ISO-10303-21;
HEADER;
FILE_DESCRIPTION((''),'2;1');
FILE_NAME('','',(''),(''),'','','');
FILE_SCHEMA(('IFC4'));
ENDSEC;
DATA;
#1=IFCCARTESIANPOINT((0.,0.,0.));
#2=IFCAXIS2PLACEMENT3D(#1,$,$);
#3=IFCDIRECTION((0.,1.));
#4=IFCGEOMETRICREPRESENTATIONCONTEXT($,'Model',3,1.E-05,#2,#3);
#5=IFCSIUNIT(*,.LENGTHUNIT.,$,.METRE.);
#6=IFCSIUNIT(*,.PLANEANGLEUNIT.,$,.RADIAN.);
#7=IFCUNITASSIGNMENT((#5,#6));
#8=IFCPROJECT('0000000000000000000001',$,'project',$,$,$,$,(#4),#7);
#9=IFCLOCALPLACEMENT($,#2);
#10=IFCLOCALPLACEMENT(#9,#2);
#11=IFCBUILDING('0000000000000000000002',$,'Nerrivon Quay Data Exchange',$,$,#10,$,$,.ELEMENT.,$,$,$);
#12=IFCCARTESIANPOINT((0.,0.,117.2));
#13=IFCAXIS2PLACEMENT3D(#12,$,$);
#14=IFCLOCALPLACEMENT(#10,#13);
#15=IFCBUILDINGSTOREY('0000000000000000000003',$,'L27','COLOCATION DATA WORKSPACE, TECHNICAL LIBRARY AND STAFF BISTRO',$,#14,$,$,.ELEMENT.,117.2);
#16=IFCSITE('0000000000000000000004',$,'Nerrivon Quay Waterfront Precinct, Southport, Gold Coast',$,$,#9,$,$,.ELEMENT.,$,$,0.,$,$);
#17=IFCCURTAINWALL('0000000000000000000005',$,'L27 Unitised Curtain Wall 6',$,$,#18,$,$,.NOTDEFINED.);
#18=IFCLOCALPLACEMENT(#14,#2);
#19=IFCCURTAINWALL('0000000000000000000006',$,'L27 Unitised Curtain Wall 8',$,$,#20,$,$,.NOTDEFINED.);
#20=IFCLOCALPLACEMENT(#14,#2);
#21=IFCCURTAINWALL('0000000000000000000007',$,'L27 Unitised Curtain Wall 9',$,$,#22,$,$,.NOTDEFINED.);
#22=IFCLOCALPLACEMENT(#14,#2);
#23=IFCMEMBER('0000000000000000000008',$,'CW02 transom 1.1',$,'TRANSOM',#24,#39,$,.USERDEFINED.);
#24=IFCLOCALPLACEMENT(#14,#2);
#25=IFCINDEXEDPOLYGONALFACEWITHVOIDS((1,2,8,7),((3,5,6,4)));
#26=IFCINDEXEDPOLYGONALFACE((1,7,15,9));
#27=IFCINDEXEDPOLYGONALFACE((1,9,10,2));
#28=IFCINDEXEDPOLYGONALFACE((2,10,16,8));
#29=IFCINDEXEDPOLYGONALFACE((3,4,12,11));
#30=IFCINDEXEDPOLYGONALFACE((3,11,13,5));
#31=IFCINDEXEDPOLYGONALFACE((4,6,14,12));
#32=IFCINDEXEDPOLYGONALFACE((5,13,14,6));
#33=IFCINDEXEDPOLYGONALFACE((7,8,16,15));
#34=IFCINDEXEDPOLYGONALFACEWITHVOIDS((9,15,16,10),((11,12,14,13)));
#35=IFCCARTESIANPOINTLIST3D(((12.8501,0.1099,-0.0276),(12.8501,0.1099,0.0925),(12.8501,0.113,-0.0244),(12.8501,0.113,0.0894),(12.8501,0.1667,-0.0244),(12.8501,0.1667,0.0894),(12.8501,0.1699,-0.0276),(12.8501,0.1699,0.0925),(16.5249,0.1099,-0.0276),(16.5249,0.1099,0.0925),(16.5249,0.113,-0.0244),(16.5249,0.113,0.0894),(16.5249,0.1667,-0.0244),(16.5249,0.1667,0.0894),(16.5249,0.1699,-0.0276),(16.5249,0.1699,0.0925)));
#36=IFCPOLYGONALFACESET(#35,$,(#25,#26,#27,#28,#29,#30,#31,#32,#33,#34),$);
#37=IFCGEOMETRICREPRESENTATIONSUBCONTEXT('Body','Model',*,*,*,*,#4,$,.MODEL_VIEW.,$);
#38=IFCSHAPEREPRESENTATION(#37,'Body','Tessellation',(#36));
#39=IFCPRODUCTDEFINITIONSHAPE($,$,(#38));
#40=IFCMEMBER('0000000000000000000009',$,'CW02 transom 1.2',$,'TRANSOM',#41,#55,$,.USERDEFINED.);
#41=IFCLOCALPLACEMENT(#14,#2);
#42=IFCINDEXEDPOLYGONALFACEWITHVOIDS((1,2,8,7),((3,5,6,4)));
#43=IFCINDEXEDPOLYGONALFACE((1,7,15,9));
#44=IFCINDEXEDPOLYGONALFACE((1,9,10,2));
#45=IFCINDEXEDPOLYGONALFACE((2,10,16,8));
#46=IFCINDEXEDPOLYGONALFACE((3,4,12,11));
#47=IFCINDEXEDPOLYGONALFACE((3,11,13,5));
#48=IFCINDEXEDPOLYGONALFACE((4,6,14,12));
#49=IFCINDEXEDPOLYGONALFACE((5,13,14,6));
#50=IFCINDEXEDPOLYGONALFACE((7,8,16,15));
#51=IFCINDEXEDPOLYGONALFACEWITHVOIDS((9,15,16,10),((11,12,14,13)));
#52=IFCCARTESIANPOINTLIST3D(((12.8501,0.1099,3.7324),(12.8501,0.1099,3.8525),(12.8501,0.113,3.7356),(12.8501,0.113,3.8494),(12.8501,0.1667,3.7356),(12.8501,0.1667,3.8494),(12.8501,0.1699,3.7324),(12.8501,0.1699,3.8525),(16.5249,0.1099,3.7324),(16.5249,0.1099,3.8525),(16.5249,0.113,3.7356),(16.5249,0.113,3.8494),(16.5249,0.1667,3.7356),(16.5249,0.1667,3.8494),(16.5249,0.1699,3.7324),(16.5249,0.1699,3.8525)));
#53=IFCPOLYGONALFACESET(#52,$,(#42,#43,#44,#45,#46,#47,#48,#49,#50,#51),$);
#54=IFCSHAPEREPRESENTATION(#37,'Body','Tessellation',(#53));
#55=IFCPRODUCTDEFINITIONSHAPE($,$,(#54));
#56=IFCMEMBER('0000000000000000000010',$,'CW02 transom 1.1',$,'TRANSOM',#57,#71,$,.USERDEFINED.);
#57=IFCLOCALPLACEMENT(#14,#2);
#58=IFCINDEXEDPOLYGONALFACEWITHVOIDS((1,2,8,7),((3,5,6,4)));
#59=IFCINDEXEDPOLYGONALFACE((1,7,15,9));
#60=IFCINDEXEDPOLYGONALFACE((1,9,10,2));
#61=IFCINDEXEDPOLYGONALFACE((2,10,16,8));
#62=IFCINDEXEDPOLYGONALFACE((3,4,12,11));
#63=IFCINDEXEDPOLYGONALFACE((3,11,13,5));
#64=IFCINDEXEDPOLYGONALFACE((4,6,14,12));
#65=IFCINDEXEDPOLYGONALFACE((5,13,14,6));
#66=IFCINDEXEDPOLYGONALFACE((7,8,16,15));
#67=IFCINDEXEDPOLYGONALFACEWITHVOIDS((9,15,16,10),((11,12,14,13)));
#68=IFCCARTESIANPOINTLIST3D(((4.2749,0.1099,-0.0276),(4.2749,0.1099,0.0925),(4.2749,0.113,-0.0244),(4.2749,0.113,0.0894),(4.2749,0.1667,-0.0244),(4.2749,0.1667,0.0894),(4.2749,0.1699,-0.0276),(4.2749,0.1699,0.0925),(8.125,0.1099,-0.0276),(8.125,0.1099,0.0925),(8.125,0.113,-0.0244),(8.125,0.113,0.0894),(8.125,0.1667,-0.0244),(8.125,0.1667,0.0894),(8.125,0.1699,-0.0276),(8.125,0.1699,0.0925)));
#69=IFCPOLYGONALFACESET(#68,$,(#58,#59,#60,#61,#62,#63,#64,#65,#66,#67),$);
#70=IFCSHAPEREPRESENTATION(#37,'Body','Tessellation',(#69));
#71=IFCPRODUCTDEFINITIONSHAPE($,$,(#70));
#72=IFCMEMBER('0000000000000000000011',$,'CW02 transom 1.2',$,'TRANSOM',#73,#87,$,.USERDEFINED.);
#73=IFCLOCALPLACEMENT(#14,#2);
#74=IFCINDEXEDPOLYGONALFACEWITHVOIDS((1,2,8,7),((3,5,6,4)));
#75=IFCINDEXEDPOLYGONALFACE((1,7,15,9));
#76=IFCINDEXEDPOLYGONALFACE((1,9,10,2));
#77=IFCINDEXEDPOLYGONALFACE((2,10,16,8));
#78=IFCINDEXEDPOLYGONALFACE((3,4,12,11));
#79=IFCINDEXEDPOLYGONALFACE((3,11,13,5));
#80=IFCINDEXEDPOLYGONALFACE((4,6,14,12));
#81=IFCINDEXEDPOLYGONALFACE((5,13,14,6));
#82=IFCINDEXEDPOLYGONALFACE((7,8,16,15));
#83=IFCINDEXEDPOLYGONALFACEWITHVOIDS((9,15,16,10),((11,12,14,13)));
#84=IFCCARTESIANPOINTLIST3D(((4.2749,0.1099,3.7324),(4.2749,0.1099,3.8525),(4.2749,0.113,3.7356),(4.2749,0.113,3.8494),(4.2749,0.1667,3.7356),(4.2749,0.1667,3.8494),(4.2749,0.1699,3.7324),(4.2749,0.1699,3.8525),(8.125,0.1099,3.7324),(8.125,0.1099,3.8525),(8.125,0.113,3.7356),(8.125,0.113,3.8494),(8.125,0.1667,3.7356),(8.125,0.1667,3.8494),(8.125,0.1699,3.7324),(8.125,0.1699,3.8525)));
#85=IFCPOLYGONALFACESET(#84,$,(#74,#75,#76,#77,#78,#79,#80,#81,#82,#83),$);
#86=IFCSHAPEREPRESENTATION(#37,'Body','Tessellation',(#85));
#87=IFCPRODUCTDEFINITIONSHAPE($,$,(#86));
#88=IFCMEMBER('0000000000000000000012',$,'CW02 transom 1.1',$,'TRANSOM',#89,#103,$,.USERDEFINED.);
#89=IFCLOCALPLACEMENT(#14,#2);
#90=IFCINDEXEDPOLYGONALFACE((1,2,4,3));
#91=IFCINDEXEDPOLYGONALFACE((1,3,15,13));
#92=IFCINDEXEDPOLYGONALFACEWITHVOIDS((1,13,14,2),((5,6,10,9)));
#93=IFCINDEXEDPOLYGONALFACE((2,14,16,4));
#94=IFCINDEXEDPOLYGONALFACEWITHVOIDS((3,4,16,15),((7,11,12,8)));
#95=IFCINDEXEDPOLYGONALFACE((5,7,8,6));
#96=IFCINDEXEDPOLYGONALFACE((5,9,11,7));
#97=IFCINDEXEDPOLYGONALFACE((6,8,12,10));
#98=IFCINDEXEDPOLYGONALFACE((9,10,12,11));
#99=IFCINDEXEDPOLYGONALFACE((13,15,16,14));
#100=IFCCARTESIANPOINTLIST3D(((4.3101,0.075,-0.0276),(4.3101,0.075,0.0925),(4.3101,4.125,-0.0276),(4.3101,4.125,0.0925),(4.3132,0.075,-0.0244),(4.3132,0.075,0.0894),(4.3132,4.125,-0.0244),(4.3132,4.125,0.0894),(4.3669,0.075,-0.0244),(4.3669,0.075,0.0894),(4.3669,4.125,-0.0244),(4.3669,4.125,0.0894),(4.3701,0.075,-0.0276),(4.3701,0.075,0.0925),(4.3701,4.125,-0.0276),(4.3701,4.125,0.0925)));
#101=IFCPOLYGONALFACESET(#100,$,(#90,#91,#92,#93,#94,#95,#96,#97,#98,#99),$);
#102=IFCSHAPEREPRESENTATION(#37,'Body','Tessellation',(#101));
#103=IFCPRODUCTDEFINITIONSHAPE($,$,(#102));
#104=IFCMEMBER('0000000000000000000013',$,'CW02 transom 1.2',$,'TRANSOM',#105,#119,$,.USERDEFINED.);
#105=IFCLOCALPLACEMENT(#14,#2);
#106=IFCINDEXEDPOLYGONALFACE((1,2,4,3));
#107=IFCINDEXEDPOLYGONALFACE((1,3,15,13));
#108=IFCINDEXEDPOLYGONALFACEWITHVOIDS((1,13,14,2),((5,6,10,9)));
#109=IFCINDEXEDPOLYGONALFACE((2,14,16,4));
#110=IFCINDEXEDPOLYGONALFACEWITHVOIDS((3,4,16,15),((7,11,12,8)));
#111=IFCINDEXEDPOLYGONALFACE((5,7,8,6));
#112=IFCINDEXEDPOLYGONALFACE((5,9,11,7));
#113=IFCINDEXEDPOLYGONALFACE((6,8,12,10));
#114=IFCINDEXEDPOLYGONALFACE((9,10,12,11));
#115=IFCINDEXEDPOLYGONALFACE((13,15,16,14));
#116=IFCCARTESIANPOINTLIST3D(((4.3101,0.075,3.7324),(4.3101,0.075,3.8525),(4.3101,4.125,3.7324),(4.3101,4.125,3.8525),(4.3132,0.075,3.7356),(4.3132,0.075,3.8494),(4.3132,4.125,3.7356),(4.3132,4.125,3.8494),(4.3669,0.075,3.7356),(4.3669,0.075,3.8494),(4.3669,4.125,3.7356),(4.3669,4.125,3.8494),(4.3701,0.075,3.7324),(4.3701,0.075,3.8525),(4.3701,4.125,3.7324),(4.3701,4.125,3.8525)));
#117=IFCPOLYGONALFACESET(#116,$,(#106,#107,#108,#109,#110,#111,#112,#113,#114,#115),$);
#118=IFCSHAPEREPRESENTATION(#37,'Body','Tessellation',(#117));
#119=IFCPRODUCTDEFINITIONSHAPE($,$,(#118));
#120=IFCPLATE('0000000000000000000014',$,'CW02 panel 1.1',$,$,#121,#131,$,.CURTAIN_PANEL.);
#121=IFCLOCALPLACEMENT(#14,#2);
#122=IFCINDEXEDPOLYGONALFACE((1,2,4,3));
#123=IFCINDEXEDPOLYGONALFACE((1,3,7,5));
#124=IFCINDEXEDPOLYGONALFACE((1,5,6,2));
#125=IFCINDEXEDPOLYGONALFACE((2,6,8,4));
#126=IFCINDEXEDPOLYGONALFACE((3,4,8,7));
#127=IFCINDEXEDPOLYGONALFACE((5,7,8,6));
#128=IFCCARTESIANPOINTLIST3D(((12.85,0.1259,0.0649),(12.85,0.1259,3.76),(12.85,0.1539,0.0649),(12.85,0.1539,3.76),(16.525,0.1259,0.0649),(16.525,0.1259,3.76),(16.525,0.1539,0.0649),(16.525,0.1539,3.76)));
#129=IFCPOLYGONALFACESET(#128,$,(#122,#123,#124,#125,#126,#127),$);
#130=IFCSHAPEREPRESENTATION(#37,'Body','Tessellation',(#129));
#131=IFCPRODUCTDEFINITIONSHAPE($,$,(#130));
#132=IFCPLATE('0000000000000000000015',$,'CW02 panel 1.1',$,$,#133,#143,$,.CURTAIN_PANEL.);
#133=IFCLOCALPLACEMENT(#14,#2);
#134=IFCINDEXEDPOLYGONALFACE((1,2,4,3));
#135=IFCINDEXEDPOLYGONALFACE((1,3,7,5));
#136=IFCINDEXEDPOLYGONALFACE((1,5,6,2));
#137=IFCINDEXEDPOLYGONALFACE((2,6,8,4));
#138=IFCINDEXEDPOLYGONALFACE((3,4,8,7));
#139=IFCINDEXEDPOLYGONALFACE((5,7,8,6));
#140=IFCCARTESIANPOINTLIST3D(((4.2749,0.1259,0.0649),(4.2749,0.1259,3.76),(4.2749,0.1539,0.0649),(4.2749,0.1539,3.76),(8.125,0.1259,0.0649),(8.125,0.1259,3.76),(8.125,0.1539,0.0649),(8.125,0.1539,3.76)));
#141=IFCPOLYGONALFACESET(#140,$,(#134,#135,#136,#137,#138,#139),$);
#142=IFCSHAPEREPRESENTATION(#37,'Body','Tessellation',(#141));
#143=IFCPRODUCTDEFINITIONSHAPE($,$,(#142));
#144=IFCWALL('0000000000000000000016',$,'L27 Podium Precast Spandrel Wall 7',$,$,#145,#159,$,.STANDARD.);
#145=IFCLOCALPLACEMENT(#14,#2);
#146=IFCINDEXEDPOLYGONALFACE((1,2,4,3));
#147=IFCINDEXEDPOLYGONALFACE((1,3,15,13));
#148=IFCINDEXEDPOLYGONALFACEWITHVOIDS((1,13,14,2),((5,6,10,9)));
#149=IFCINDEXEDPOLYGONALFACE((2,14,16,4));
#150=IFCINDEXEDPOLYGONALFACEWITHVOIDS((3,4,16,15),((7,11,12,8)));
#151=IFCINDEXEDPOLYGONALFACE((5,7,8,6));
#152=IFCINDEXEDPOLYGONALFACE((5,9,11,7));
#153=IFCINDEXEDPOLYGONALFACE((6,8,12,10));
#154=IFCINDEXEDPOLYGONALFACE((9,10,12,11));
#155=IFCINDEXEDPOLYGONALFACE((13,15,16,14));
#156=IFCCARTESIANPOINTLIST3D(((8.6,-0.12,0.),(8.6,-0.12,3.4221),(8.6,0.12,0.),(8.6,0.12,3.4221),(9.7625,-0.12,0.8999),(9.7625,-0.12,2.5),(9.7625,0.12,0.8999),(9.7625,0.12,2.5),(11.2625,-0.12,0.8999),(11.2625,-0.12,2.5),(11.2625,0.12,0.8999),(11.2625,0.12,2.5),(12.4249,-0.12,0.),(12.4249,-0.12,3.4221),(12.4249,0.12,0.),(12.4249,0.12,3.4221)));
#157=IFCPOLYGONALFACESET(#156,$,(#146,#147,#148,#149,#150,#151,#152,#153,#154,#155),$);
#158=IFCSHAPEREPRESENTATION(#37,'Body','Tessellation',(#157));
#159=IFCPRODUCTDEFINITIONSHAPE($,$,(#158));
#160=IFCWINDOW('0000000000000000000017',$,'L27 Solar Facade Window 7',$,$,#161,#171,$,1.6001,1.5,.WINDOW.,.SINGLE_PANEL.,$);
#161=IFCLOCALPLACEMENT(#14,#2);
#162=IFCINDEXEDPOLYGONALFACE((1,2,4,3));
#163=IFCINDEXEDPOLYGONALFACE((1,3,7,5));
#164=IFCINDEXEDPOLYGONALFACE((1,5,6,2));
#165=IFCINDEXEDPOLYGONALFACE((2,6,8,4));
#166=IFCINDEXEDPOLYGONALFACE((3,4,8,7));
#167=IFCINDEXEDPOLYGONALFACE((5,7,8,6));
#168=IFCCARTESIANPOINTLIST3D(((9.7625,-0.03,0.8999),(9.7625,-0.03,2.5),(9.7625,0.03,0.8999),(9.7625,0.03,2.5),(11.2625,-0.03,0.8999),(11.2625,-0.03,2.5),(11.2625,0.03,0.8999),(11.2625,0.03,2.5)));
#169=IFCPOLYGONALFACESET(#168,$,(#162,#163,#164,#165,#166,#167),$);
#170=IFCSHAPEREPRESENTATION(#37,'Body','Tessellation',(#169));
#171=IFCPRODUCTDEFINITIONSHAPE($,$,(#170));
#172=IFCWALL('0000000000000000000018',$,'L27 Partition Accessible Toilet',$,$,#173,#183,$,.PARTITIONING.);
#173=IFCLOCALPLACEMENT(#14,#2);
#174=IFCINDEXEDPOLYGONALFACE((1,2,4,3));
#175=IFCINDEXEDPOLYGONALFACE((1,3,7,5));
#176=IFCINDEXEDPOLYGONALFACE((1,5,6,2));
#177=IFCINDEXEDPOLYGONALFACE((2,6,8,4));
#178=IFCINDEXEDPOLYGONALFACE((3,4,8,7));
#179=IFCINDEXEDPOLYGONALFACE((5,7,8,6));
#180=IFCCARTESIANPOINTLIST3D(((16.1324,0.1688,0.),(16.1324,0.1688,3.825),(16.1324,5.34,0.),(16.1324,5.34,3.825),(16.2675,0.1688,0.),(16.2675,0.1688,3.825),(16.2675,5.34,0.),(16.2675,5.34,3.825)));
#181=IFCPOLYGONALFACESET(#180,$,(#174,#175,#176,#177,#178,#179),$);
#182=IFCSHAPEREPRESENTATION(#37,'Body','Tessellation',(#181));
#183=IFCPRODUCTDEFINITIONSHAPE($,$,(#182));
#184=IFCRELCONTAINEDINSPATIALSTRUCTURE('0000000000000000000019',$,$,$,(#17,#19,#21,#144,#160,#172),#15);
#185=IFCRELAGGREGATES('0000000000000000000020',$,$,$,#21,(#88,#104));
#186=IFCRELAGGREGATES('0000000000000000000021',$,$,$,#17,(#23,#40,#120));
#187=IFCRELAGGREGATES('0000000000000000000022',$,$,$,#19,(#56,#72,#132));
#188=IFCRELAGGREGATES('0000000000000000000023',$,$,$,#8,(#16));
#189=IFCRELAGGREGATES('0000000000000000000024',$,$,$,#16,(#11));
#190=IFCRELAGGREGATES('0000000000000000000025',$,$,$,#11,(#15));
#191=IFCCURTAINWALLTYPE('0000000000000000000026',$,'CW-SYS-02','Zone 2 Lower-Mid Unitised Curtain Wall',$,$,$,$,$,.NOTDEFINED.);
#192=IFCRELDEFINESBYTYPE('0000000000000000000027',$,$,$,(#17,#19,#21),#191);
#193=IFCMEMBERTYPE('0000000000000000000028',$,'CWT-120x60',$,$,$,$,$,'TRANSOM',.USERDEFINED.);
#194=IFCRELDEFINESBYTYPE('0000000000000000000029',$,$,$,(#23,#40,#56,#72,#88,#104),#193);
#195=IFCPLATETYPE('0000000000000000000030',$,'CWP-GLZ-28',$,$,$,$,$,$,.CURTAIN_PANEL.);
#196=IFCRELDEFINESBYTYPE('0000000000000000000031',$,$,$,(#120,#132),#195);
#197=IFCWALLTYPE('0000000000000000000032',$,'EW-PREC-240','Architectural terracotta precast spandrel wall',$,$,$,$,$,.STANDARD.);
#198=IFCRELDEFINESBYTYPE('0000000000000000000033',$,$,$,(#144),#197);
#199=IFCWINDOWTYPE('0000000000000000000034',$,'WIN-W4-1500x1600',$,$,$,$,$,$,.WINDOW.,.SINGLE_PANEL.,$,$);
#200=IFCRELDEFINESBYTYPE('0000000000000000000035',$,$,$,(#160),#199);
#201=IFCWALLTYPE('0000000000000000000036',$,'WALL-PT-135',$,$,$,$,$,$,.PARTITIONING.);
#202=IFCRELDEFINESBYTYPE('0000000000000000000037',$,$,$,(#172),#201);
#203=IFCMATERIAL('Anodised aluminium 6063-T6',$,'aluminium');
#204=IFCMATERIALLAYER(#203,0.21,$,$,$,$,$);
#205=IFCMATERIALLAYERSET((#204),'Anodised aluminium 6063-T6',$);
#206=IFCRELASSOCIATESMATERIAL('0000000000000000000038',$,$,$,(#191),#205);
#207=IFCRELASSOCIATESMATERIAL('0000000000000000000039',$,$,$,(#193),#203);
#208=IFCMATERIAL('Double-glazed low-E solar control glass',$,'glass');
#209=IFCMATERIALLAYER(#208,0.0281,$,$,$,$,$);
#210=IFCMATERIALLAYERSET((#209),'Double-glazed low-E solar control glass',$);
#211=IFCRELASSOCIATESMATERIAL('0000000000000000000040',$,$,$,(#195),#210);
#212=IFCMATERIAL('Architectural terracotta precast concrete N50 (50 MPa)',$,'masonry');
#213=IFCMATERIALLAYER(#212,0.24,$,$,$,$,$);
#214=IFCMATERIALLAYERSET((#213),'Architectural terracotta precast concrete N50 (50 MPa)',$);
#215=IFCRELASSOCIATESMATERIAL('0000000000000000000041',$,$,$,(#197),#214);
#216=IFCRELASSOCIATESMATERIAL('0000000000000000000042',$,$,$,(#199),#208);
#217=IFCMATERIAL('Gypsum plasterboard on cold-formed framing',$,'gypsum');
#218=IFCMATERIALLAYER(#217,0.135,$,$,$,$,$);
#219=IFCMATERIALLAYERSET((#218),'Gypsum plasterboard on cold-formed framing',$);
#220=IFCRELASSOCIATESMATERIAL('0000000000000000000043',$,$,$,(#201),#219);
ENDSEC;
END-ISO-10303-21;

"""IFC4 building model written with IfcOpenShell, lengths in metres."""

from ifc_helpers import new_model, si_unit, direction, frame, frame_2d, origin, origin_2d, place, context, subcontext, project, spatial, rectangle, hollow_rectangle, extrude, material, layer, layer_set, material_profile, profile_set, type_object, element, fill, aggregate, save


model = new_model("IFC4")

# Units and contexts
model_context = context("Model", 3, precision=1e-05, world=origin(), true_north=direction((0.0, 1.0)))
body_context = subcontext(model_context, "Body", "Model", "MODEL_VIEW")
ifc_project = project(units=[si_unit("LENGTHUNIT", "METRE"), si_unit("PLANEANGLEUNIT", "RADIAN")], contexts=[model_context])

# Site, building, storey
site_placement = place(None, origin())
site = spatial("IfcSite", under=ifc_project, at=site_placement, Name="Nerrivon Quay Waterfront Precinct, Southport, Gold Coast", CompositionType="ELEMENT", RefElevation=0.0)
building_placement = place(site_placement, origin())
building = spatial("IfcBuilding", under=site, at=building_placement, Name="Nerrivon Quay Data Exchange", CompositionType="ELEMENT")
storey_placement = place(building_placement, frame((0.0, 0.0, 117.2)))
storey = spatial("IfcBuildingStorey", under=building, at=storey_placement, Name="L27", Description="COLOCATION DATA WORKSPACE, TECHNICAL LIBRARY AND STAFF BISTRO", CompositionType="ELEMENT", Elevation=117.2)

# Curtain walls
ifc_material_1 = material(Name="Anodised aluminium 6063-T6", Category="aluminium")
ifc_layer_1 = layer(ifc_material_1, 0.21)
ifc_layer_set_1 = layer_set([ifc_layer_1], Name="Anodised aluminium 6063-T6")
curtain_wall_type = type_object("IfcCurtainWallType", Name="CW-SYS-02", Description="Zone 2 Lower-Mid Unitised Curtain Wall", PredefinedType="NOTDEFINED", material=ifc_layer_set_1)
curtain_wall_1_placement = place(storey_placement, origin())
curtain_wall_1 = element("IfcCurtainWall", 1, at=curtain_wall_1_placement, inside=storey, type_object=curtain_wall_type, Name="L27 Unitised Curtain Wall 6", PredefinedType="NOTDEFINED")
curtain_wall_2_placement = place(storey_placement, origin())
curtain_wall_2 = element("IfcCurtainWall", 2, at=curtain_wall_2_placement, inside=storey, type_object=curtain_wall_type, Name="L27 Unitised Curtain Wall 8", PredefinedType="NOTDEFINED")

# Curtain wall
curtain_wall_3_placement = place(storey_placement, origin())
curtain_wall_3 = element("IfcCurtainWall", 3, at=curtain_wall_3_placement, inside=storey, type_object=curtain_wall_type, Name="L27 Unitised Curtain Wall 9", PredefinedType="NOTDEFINED")

# Members
ifc_material_profile_1 = material_profile(ifc_material_1, hollow_rectangle(XDim=0.0601, YDim=0.1201, WallThickness=0.0032, at=origin_2d()), Name="ALU-TRAN-120x60")
ifc_profile_set_1 = profile_set([ifc_material_profile_1], Name="Anodised aluminium 6063-T6")
member_type_1 = type_object("IfcMemberType", Name="CWT-120x60", ElementType="TRANSOM", PredefinedType="USERDEFINED", material=ifc_profile_set_1)
member_1_placement = place(storey_placement, frame((16.5249, 0.1399, 0.0325), z_axis=(-1.0, 0.0, 0.0), x_axis=(0.0, -1.0, 0.0)))
member_1 = element("IfcMember", 4, at=member_1_placement, type_object=member_type_1, Name="CW02 transom 1.1", ObjectType="TRANSOM", PredefinedType="USERDEFINED", context=body_context, shape_type="SweptSolid", body=[
    extrude(hollow_rectangle(XDim=0.0601, YDim=0.1201, WallThickness=0.0032, at=origin_2d()), origin(), (0.0, 0.0, 1.0), 3.6748),
])
member_2_placement = place(storey_placement, frame((16.5249, 0.1399, 3.7925), z_axis=(-1.0, 0.0, 0.0), x_axis=(0.0, -1.0, 0.0)))
member_2 = element("IfcMember", 5, at=member_2_placement, type_object=member_type_1, Name="CW02 transom 1.2", ObjectType="TRANSOM", PredefinedType="USERDEFINED", context=body_context, shape_type="SweptSolid", body=[
    extrude(hollow_rectangle(XDim=0.0601, YDim=0.1201, WallThickness=0.0032, at=origin_2d()), origin(), (0.0, 0.0, 1.0), 3.6748),
])
member_3_placement = place(storey_placement, frame((8.125, 0.1399, 0.0325), z_axis=(-1.0, 0.0, 0.0), x_axis=(0.0, -1.0, 0.0)))
member_3 = element("IfcMember", 6, at=member_3_placement, type_object=member_type_1, Name="CW02 transom 1.1", ObjectType="TRANSOM", PredefinedType="USERDEFINED", context=body_context, shape_type="SweptSolid", body=[
    extrude(hollow_rectangle(XDim=0.0601, YDim=0.1201, WallThickness=0.0032, at=origin_2d()), origin(), (0.0, 0.0, 1.0), 3.8501),
])
member_4_placement = place(storey_placement, frame((8.125, 0.1399, 3.7925), z_axis=(-1.0, 0.0, 0.0), x_axis=(0.0, -1.0, 0.0)))
member_4 = element("IfcMember", 7, at=member_4_placement, type_object=member_type_1, Name="CW02 transom 1.2", ObjectType="TRANSOM", PredefinedType="USERDEFINED", context=body_context, shape_type="SweptSolid", body=[
    extrude(hollow_rectangle(XDim=0.0601, YDim=0.1201, WallThickness=0.0032, at=origin_2d()), origin(), (0.0, 0.0, 1.0), 3.8501),
])
member_5_placement = place(storey_placement, frame((4.3401, 0.075, 0.0325), z_axis=(0.0, 1.0, 0.0), x_axis=(-1.0, 0.0, 0.0)))
member_5 = element("IfcMember", 8, at=member_5_placement, type_object=member_type_1, Name="CW02 transom 1.1", ObjectType="TRANSOM", PredefinedType="USERDEFINED", context=body_context, shape_type="SweptSolid", body=[
    extrude(hollow_rectangle(XDim=0.0601, YDim=0.1201, WallThickness=0.0032, at=origin_2d()), origin(), (0.0, 0.0, 1.0), 4.05),
])
member_6_placement = place(storey_placement, frame((4.3401, 0.075, 3.7925), z_axis=(0.0, 1.0, 0.0), x_axis=(-1.0, 0.0, 0.0)))
member_6 = element("IfcMember", 9, at=member_6_placement, type_object=member_type_1, Name="CW02 transom 1.2", ObjectType="TRANSOM", PredefinedType="USERDEFINED", context=body_context, shape_type="SweptSolid", body=[
    extrude(hollow_rectangle(XDim=0.0601, YDim=0.1201, WallThickness=0.0032, at=origin_2d()), origin(), (0.0, 0.0, 1.0), 4.05),
])
aggregate(curtain_wall_3, [member_5, member_6])

# Plates
ifc_material_2 = material(Name="Double-glazed low-E solar control glass", Category="glass")
ifc_layer_2 = layer(ifc_material_2, 0.0281)
ifc_layer_set_2 = layer_set([ifc_layer_2], Name="Double-glazed low-E solar control glass")
plate_type = type_object("IfcPlateType", Name="CWP-GLZ-28", PredefinedType="CURTAIN_PANEL", material=ifc_layer_set_2)
plate_1_placement = place(storey_placement, frame((14.6875, 0.1399, 0.0649), z_axis=(0.0, 0.0, 1.0), x_axis=(-1.0, 0.0, 0.0)))
plate_1 = element("IfcPlate", 10, at=plate_1_placement, type_object=plate_type, Name="CW02 panel 1.1", PredefinedType="CURTAIN_PANEL", context=body_context, shape_type="SweptSolid", body=[
    extrude(rectangle(XDim=3.675, YDim=0.0281, at=origin_2d()), origin(), (0.0, 0.0, 1.0), 3.6951),
])
aggregate(curtain_wall_1, [member_1, member_2, plate_1])
plate_2_placement = place(storey_placement, frame((6.2, 0.1399, 0.0649), z_axis=(0.0, 0.0, 1.0), x_axis=(-1.0, 0.0, 0.0)))
plate_2 = element("IfcPlate", 11, at=plate_2_placement, type_object=plate_type, Name="CW02 panel 1.1", PredefinedType="CURTAIN_PANEL", context=body_context, shape_type="SweptSolid", body=[
    extrude(rectangle(XDim=3.8501, YDim=0.0281, at=origin_2d()), origin(), (0.0, 0.0, 1.0), 3.6951),
])
aggregate(curtain_wall_2, [member_3, member_4, plate_2])

# Wall, opening, window
ifc_material_3 = material(Name="Architectural terracotta precast concrete N50 (50 MPa)", Category="masonry")
ifc_layer_3 = layer(ifc_material_3, 0.24)
ifc_layer_set_3 = layer_set([ifc_layer_3], Name="Architectural terracotta precast concrete N50 (50 MPa)")
wall_type_1 = type_object("IfcWallType", Name="EW-PREC-240", Description="Architectural terracotta precast spandrel wall", PredefinedType="STANDARD", material=ifc_layer_set_3)
wall_1_placement = place(storey_placement, frame((12.425, 0.0, 0.0), z_axis=(0.0, 0.0, 1.0), x_axis=(-1.0, 0.0, 0.0)))
wall_1 = element("IfcWall", 12, at=wall_1_placement, inside=storey, type_object=wall_type_1, Name="L27 Podium Precast Spandrel Wall 7", PredefinedType="STANDARD", context=body_context, shape_type="SweptSolid", body=[
    extrude(rectangle(XDim=3.825, YDim=0.24, at=frame_2d((1.9126, 0.0))), origin(), (0.0, 0.0, 1.0), 3.4221),
])
opening_placement = place(wall_1_placement, frame((1.1626, 0.0, 0.8999)))
opening = element("IfcOpeningElement", 13, at=opening_placement, cuts=wall_1, PredefinedType="OPENING", context=body_context, shape_type="SweptSolid", body=[
    extrude(rectangle(XDim=1.5, YDim=1.6001, at=frame_2d((0.75, 0.8))), frame((0.0, 0.1299, 0.0), z_axis=(0.0, -1.0, 0.0), x_axis=(1.0, 0.0, 0.0)), (0.0, 0.0, 1.0), 0.26),
])
window_type = type_object("IfcWindowType", Name="WIN-W4-1500x1600", PartitioningType="SINGLE_PANEL", PredefinedType="WINDOW", material=ifc_material_2)
window_placement = place(opening_placement, origin())
window = element("IfcWindow", 14, at=window_placement, inside=storey, type_object=window_type, Name="L27 Solar Facade Window 7", OverallHeight=1.6001, OverallWidth=1.5, PartitioningType="SINGLE_PANEL", PredefinedType="WINDOW", context=body_context, shape_type="SweptSolid", body=[
    extrude(rectangle(XDim=1.5, YDim=1.6001, at=frame_2d((0.75, 0.8))), frame((0.0, 0.03, 0.0), z_axis=(0.0, -1.0, 0.0), x_axis=(1.0, 0.0, 0.0)), (0.0, 0.0, 1.0), 0.0601),
])
fill(opening, window)

# Wall
ifc_material_4 = material(Name="Gypsum plasterboard on cold-formed framing", Category="gypsum")
ifc_layer_4 = layer(ifc_material_4, 0.135)
ifc_layer_set_4 = layer_set([ifc_layer_4], Name="Gypsum plasterboard on cold-formed framing")
wall_type_2 = type_object("IfcWallType", Name="WALL-PT-135", PredefinedType="PARTITIONING", material=ifc_layer_set_4)
wall_2_placement = place(storey_placement, frame((16.2, 0.1689, 0.0), z_axis=(0.0, 0.0, 1.0), x_axis=(0.0, 1.0, 0.0)))
element("IfcWall", 15, at=wall_2_placement, inside=storey, type_object=wall_type_2, Name="L27 Partition Accessible Toilet", PredefinedType="PARTITIONING", context=body_context, shape_type="SweptSolid", body=[
    extrude(rectangle(XDim=5.1711, YDim=0.135, at=frame_2d((2.5854, 0.0))), origin(), (0.0, 0.0, 1.0), 3.825),
])

save(model, "model.ifc")
